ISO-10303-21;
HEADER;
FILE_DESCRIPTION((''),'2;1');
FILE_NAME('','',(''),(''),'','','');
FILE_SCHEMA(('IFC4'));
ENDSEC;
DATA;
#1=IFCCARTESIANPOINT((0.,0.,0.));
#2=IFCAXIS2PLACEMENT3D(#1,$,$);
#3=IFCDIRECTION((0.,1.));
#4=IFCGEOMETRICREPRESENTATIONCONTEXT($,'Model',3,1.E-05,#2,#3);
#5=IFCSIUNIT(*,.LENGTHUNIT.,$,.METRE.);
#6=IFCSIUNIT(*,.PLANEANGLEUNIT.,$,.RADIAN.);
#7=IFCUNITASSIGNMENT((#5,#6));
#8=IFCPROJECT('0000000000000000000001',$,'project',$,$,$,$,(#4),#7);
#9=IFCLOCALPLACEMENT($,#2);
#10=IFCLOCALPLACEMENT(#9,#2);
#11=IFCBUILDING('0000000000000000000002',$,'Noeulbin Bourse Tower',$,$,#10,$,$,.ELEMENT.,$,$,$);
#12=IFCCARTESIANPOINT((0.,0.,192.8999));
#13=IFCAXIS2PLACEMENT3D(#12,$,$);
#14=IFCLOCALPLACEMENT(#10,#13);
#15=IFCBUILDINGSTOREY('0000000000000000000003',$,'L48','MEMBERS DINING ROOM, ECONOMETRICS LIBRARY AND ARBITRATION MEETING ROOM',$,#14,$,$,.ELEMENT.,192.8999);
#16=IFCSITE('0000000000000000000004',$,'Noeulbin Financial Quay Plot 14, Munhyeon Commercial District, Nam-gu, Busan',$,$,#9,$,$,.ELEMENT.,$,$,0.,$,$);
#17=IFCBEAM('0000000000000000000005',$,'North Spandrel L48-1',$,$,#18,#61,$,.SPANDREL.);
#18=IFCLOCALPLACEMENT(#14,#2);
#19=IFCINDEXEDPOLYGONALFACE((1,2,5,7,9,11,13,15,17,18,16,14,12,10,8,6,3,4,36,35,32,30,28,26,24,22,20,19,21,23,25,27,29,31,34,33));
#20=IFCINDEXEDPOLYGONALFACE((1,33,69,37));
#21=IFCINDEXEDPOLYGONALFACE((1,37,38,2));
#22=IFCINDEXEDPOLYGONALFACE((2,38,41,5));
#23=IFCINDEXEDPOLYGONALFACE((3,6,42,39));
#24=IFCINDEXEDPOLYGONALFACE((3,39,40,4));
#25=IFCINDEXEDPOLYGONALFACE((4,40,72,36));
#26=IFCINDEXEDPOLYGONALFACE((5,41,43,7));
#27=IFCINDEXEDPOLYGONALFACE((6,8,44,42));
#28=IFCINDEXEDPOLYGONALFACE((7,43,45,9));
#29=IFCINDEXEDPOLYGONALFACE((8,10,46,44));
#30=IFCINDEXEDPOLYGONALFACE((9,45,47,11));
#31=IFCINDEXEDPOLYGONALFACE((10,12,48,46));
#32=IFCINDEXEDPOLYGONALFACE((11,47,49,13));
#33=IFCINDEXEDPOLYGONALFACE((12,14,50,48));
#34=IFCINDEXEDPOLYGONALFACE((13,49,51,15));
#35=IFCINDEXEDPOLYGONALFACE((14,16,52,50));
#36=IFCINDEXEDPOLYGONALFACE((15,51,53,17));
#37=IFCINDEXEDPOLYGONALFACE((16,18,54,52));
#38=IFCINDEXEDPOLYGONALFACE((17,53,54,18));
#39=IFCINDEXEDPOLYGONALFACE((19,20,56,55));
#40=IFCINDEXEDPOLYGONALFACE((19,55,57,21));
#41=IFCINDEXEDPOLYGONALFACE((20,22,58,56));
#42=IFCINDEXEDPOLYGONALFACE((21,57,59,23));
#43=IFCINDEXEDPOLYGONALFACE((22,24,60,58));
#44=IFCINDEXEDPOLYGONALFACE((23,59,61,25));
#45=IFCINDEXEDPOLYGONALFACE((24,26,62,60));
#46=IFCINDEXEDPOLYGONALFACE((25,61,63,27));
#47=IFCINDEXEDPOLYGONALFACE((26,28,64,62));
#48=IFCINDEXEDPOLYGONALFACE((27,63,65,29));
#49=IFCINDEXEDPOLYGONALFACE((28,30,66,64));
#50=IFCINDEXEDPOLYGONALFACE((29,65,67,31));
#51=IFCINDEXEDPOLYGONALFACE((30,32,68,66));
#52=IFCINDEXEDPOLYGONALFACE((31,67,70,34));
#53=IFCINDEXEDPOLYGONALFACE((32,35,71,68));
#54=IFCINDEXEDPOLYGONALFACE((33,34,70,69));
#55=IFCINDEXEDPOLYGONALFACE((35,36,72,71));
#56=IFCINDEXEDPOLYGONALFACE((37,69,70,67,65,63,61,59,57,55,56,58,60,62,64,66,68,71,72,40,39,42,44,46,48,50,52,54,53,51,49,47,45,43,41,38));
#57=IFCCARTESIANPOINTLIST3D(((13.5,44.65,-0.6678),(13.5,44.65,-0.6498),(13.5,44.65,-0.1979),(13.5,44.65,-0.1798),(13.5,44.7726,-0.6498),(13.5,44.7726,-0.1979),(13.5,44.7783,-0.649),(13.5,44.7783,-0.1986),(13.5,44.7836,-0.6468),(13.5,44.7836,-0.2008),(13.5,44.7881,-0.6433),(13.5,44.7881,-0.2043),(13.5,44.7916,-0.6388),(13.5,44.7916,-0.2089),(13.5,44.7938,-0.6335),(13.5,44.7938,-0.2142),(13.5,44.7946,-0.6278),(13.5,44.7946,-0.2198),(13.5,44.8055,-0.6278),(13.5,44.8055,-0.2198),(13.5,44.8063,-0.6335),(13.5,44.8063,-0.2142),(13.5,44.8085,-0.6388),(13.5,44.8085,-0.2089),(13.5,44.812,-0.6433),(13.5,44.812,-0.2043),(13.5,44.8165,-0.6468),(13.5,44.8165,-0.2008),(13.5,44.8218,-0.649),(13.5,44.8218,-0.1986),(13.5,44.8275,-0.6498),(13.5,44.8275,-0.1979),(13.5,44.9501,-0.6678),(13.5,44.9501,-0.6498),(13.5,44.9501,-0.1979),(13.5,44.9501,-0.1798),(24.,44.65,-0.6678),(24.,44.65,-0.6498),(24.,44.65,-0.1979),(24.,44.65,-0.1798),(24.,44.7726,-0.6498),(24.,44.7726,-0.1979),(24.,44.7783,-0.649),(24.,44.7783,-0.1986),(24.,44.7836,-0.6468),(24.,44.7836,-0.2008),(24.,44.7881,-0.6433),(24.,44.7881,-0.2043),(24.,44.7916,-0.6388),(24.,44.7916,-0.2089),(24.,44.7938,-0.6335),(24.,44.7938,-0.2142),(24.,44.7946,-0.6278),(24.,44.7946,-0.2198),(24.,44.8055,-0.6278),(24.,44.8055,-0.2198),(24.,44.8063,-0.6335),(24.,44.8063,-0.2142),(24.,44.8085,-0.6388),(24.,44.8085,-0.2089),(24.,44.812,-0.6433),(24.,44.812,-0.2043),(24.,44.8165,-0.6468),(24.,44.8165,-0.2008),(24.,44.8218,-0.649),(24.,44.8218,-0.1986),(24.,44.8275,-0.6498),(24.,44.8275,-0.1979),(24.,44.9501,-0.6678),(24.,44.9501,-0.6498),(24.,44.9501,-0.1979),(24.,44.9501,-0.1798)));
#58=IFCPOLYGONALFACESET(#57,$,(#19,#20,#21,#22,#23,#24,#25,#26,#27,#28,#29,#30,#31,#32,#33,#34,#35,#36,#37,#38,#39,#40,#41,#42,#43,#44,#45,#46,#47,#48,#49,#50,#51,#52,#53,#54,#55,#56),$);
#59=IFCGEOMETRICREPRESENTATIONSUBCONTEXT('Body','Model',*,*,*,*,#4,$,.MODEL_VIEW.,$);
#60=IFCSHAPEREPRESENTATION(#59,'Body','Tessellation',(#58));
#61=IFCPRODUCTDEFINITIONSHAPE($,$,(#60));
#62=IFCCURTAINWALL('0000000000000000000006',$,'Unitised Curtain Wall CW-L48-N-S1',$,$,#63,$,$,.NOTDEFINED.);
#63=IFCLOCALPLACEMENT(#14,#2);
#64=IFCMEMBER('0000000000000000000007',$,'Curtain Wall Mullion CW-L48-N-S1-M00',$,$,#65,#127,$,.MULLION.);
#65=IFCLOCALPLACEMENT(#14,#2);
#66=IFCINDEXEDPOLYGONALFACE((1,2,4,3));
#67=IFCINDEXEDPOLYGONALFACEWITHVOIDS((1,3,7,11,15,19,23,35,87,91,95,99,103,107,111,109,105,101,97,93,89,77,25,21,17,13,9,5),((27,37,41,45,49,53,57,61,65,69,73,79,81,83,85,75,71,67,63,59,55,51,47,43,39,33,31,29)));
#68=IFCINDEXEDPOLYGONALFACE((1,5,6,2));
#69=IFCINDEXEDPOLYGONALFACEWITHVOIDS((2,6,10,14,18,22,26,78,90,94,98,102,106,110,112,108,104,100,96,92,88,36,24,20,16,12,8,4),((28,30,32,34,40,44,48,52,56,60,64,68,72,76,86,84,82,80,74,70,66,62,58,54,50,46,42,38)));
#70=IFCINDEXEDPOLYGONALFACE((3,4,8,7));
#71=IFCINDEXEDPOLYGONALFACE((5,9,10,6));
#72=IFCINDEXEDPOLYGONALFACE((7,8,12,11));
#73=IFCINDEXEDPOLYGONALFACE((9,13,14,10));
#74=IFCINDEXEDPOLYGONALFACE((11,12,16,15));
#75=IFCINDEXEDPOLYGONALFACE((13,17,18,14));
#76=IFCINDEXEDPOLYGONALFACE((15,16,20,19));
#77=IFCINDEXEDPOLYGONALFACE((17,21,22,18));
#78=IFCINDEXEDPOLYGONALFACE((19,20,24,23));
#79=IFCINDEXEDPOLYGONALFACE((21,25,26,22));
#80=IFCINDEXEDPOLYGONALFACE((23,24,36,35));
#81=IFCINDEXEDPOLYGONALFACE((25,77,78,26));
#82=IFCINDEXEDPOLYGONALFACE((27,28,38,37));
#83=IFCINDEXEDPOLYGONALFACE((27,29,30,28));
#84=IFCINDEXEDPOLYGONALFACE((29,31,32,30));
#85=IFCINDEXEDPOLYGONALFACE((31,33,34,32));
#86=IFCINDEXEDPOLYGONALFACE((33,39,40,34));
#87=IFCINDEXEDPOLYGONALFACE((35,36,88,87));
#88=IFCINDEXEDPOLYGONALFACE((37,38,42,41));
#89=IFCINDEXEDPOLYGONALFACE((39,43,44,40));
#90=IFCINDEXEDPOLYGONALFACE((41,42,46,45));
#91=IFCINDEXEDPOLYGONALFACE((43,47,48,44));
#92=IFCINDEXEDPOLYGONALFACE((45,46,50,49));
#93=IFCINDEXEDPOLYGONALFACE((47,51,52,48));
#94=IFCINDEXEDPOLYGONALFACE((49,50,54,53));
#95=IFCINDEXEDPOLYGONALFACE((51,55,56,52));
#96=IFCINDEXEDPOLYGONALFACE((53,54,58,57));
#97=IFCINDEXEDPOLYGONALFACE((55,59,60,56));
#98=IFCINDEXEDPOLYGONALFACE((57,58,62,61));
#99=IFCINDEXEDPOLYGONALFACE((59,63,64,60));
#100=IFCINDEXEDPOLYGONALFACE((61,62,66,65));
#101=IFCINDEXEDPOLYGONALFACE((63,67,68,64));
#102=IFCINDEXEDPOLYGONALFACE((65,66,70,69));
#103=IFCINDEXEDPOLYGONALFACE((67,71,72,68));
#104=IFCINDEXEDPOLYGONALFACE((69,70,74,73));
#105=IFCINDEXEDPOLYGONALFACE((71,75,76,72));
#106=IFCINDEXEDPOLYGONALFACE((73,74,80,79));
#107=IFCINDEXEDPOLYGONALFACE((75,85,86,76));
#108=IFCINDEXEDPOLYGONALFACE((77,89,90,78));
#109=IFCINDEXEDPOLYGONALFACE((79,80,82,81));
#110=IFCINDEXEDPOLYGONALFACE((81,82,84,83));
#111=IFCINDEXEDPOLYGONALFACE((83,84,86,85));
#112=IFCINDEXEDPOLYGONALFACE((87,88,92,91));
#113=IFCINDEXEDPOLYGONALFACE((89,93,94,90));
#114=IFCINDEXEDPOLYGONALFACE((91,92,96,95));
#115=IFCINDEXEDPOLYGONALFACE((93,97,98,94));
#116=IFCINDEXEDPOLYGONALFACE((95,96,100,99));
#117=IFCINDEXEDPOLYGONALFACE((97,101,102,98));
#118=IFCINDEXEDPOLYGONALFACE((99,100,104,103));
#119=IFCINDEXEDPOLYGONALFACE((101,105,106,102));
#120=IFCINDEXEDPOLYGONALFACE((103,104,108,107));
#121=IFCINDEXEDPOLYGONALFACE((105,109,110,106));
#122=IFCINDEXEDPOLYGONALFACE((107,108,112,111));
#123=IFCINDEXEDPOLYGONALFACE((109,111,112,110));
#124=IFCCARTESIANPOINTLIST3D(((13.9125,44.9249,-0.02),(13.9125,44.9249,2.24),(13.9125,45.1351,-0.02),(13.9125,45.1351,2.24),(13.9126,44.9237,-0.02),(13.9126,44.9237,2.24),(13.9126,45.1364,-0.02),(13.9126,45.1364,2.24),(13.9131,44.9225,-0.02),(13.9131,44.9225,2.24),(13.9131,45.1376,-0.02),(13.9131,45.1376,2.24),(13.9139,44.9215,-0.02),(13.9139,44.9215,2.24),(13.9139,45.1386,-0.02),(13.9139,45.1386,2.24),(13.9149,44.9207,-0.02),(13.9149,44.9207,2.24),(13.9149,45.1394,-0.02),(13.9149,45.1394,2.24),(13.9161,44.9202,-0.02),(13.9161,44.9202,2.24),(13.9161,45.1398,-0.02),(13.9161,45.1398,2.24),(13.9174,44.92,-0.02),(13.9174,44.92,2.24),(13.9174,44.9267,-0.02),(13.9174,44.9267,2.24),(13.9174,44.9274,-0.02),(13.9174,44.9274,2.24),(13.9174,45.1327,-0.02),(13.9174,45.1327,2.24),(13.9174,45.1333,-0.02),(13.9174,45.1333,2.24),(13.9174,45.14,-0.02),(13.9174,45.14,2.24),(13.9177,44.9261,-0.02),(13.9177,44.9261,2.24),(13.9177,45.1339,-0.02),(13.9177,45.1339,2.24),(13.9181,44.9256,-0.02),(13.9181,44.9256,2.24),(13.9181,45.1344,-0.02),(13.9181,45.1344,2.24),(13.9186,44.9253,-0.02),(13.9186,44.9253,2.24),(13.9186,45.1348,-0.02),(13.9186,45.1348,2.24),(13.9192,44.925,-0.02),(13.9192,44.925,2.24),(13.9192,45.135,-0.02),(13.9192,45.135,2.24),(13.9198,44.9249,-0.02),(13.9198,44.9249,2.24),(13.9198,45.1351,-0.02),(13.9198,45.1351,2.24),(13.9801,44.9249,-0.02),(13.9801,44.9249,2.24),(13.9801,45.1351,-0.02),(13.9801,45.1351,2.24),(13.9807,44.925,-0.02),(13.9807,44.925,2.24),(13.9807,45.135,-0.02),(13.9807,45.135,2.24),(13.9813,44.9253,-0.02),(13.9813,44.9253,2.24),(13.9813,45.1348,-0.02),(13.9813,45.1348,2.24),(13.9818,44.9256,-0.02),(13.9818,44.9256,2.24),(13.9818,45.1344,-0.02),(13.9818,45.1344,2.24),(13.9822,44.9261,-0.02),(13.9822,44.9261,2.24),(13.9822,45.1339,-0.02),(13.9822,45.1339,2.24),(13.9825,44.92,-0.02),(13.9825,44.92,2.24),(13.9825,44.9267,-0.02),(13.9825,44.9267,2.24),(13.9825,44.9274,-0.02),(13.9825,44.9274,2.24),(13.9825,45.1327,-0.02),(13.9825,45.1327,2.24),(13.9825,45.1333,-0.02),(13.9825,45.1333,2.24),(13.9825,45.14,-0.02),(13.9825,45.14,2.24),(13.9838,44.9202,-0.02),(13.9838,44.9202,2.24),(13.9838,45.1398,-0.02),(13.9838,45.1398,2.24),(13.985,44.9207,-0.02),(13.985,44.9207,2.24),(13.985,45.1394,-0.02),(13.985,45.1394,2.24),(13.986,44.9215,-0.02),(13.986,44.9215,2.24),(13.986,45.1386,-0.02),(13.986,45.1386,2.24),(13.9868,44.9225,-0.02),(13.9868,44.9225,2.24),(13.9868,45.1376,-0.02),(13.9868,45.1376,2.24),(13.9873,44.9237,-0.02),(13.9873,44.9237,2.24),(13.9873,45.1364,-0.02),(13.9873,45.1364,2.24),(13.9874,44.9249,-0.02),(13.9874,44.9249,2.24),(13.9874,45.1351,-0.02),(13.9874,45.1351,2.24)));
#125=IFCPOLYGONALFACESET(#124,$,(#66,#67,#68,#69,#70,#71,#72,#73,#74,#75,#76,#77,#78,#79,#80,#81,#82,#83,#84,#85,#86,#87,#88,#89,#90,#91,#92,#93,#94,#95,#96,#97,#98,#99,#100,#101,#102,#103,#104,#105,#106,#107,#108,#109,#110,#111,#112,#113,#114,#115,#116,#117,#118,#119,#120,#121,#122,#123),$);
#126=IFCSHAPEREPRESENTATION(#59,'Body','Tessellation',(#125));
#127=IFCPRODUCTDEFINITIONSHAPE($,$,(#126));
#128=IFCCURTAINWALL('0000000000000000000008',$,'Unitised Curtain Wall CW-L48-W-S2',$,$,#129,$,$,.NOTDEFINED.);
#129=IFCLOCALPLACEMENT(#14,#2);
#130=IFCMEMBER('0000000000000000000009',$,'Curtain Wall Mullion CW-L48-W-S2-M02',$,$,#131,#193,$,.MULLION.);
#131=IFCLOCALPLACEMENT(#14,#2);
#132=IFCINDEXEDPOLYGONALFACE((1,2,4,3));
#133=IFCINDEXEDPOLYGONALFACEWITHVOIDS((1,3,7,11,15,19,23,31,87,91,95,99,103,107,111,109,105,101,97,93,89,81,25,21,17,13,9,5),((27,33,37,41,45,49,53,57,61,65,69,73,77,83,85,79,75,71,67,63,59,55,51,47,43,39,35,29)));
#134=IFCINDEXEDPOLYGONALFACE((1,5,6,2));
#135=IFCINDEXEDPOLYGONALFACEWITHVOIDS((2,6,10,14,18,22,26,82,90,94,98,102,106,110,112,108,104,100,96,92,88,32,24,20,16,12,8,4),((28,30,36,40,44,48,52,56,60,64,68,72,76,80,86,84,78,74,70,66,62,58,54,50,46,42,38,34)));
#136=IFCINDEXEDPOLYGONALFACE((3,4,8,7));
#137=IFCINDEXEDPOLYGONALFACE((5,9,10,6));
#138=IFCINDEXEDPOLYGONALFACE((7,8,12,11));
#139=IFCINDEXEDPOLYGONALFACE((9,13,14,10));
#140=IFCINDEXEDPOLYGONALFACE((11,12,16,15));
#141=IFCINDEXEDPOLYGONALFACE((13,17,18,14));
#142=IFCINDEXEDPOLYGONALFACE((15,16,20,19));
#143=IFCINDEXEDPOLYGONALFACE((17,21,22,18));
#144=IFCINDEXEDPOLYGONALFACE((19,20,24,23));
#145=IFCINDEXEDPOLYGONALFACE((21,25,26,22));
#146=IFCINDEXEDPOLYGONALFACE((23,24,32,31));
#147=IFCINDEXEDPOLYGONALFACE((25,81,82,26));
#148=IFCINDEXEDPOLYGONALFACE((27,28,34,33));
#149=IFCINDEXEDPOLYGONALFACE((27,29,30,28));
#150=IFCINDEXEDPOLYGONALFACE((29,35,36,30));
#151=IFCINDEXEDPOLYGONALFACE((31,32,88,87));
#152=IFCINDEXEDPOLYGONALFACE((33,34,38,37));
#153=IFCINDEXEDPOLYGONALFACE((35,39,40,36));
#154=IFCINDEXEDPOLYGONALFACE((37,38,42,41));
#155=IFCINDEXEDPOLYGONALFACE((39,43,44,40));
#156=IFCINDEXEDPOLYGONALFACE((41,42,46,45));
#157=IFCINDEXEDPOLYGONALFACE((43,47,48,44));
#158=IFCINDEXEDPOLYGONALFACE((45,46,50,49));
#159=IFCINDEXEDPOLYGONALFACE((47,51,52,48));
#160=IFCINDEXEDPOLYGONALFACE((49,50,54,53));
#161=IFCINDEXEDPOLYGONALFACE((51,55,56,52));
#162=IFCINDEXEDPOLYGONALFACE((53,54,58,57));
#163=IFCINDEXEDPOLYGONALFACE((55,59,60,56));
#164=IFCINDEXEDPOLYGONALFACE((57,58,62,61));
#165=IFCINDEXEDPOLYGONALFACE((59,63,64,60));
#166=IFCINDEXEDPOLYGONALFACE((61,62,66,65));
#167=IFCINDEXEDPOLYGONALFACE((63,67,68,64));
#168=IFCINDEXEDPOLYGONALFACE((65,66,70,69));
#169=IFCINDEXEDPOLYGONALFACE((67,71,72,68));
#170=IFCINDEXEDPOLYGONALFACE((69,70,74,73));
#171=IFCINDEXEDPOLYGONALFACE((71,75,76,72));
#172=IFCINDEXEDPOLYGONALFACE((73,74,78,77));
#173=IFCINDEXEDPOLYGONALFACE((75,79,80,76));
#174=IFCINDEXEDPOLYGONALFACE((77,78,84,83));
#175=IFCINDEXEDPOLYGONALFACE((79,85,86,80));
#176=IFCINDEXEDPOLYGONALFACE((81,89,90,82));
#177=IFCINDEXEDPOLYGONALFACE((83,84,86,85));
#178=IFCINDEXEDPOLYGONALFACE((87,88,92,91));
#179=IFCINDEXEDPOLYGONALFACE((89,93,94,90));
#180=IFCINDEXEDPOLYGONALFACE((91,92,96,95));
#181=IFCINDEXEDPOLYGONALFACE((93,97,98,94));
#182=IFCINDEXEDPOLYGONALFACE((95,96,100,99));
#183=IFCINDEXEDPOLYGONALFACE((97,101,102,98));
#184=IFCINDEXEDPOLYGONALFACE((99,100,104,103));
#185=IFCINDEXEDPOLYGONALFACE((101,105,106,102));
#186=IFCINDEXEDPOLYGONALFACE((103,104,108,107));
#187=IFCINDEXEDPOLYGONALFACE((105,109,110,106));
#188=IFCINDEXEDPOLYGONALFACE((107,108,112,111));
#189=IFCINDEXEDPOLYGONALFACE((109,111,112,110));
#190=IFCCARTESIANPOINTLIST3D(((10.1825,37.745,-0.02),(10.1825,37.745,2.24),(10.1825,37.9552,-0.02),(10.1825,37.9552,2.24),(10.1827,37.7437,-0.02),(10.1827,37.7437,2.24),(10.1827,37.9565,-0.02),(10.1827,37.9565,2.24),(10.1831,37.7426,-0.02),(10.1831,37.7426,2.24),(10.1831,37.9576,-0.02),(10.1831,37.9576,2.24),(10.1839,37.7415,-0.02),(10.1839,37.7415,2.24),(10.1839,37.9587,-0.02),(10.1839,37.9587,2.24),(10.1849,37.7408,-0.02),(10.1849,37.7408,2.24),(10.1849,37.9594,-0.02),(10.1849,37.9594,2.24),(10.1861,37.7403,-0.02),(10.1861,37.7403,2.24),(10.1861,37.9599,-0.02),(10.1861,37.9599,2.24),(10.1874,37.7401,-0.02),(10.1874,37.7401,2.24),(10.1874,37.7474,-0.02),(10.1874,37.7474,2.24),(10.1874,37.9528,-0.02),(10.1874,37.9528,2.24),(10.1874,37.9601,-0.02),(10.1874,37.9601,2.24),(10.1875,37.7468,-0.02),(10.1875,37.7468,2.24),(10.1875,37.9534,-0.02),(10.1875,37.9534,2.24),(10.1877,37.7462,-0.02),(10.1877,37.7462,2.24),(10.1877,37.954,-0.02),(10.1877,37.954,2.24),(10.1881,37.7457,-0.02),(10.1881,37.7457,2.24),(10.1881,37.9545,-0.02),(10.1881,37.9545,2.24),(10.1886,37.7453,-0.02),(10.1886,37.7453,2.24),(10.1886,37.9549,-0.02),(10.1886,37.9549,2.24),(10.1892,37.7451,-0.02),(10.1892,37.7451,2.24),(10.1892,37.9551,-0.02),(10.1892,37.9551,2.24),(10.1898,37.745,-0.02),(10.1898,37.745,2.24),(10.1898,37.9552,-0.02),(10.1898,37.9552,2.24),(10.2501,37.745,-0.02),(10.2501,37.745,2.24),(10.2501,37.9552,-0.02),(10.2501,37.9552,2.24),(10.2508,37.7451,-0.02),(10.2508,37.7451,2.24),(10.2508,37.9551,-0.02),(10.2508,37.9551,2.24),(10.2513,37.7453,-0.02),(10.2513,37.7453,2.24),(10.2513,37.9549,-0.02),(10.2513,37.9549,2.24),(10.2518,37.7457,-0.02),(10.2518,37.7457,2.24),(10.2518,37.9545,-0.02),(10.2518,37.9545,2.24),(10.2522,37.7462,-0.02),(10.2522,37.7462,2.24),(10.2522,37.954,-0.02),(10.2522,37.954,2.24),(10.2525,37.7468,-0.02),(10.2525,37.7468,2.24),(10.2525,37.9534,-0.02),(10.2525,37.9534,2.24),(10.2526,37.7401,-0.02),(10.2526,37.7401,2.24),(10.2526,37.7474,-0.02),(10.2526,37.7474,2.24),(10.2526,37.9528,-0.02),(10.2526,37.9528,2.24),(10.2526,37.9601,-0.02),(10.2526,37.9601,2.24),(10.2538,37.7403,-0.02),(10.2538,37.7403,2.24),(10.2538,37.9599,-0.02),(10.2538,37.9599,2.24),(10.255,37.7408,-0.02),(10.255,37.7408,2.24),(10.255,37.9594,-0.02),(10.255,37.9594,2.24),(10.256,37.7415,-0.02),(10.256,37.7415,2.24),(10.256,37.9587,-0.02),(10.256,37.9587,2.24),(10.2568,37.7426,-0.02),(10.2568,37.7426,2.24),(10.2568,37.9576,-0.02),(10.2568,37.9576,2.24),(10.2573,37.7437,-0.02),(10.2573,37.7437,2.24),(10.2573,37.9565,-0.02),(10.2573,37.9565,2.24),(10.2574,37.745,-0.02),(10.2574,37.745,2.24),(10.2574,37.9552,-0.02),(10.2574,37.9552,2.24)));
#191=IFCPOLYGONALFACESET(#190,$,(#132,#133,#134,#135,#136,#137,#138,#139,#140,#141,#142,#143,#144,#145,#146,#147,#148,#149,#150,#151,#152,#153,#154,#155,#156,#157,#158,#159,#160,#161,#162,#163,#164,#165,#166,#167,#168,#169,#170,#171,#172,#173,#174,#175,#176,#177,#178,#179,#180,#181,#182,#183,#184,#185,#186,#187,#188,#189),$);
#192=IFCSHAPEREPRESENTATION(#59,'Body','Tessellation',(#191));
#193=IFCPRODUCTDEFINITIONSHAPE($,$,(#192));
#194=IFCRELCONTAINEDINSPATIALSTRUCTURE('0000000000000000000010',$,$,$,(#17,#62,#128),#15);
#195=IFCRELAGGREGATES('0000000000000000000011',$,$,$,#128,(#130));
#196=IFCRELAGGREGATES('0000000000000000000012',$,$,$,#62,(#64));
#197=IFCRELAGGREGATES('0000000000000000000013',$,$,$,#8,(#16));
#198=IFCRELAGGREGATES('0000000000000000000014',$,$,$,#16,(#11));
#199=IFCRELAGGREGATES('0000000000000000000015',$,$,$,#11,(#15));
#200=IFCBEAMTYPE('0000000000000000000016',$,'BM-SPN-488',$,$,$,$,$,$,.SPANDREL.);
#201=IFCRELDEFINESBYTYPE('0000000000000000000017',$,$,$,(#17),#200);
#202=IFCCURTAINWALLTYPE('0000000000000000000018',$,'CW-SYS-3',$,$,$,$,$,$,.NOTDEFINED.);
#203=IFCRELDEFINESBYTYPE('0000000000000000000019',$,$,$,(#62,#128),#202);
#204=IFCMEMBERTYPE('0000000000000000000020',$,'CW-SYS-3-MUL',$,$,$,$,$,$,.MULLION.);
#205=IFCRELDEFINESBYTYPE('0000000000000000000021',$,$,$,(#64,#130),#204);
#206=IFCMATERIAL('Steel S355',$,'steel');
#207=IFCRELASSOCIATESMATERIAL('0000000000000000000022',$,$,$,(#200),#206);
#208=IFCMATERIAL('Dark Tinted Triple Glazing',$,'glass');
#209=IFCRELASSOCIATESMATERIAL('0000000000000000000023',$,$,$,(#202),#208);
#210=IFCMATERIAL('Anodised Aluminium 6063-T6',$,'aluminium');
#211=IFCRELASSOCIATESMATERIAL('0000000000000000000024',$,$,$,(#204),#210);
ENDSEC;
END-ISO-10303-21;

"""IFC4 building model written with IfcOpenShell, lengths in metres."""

from ifc_helpers import new_model, si_unit, direction, frame, origin, origin_2d, place, context, subcontext, project, spatial, hollow_rectangle, i_section, extrude, material, material_profile, profile_set, type_object, element, aggregate, save


model = new_model("IFC4")

# Units and contexts
model_context = context("Model", 3, precision=1e-05, world=origin(), true_north=direction((0.0, 1.0)))
body_context = subcontext(model_context, "Body", "Model", "MODEL_VIEW")
ifc_project = project(units=[si_unit("LENGTHUNIT", "METRE"), si_unit("PLANEANGLEUNIT", "RADIAN")], contexts=[model_context])

# Site, building, storey
site_placement = place(None, origin())
site = spatial("IfcSite", under=ifc_project, at=site_placement, Name="Noeulbin Financial Quay Plot 14, Munhyeon Commercial District, Nam-gu, Busan", CompositionType="ELEMENT", RefElevation=0.0)
building_placement = place(site_placement, origin())
building = spatial("IfcBuilding", under=site, at=building_placement, Name="Noeulbin Bourse Tower", CompositionType="ELEMENT")
storey_placement = place(building_placement, frame((0.0, 0.0, 192.8999)))
storey = spatial("IfcBuildingStorey", under=building, at=storey_placement, Name="L48", Description="MEMBERS DINING ROOM, ECONOMETRICS LIBRARY AND ARBITRATION MEETING ROOM", CompositionType="ELEMENT", Elevation=192.8999)

# Shared definitions
ifc_material_1 = material(Name="Steel S355", Category="steel")

# Beam
ifc_material_profile_1 = material_profile(ifc_material_1, i_section(OverallWidth=0.3, OverallDepth=0.488, WebThickness=0.011, FlangeThickness=0.0181, FilletRadius=0.022, at=origin_2d()), Name="H-488x300x11x18", Category="LoadBearing")
ifc_profile_set_1 = profile_set([ifc_material_profile_1], Name="Steel S355")
beam_type_1 = type_object("IfcBeamType", Name="BM-SPN-488", PredefinedType="SPANDREL", material=ifc_profile_set_1)
beam_1_placement = place(storey_placement, frame((13.5, 44.8, -0.4238), z_axis=(1.0, 0.0, 0.0), x_axis=(0.0, 1.0, 0.0)))
element("IfcBeam", 1, at=beam_1_placement, inside=storey, type_object=beam_type_1, Name="North Spandrel L48-1", PredefinedType="SPANDREL", context=body_context, shape_type="SweptSolid", body=[
    extrude(i_section(OverallWidth=0.3, OverallDepth=0.488, WebThickness=0.011, FlangeThickness=0.0181, FilletRadius=0.022, at=origin_2d()), origin(), (0.0, 0.0, 1.0), 10.5),
])

# Curtain walls, members
ifc_material_2 = material(Name="Dark Tinted Triple Glazing", Category="glass")
curtain_wall_type = type_object("IfcCurtainWallType", Name="CW-SYS-3", PredefinedType="NOTDEFINED", material=ifc_material_2)
curtain_wall_1_placement = place(storey_placement, origin())
curtain_wall_1 = element("IfcCurtainWall", 2, at=curtain_wall_1_placement, inside=storey, type_object=curtain_wall_type, Name="Unitised Curtain Wall CW-L48-N-S1", PredefinedType="NOTDEFINED")
ifc_material_3 = material(Name="Anodised Aluminium 6063-T6", Category="aluminium")
ifc_material_profile_2 = material_profile(ifc_material_3, hollow_rectangle(XDim=0.075, YDim=0.22, WallThickness=0.0049, InnerFilletRadius=0.0024, OuterFilletRadius=0.0049, at=origin_2d()), Name="ALU-MULL-75x220x5", Category="LoadBearing")
ifc_profile_set_2 = profile_set([ifc_material_profile_2], Name="Anodised Aluminium 6063-T6")
member_type_1 = type_object("IfcMemberType", Name="CW-SYS-3-MUL", PredefinedType="MULLION", material=ifc_profile_set_2)
member_1_placement = place(storey_placement, frame((13.95, 45.03, -0.02), z_axis=(0.0, 0.0, 1.0), x_axis=(1.0, 0.0, 0.0)))
member_1 = element("IfcMember", 3, at=member_1_placement, type_object=member_type_1, Name="Curtain Wall Mullion CW-L48-N-S1-M00", PredefinedType="MULLION", context=body_context, shape_type="SweptSolid", body=[
    extrude(hollow_rectangle(XDim=0.075, YDim=0.22, WallThickness=0.0049, InnerFilletRadius=0.0024, OuterFilletRadius=0.0049, at=origin_2d()), origin(), (0.0, 0.0, 1.0), 2.26),
])
curtain_wall_2_placement = place(storey_placement, origin())
curtain_wall_2 = element("IfcCurtainWall", 4, at=curtain_wall_2_placement, inside=storey, type_object=curtain_wall_type, Name="Unitised Curtain Wall CW-L48-W-S2", PredefinedType="NOTDEFINED")
member_2_placement = place(storey_placement, frame((10.22, 37.8501, -0.02), z_axis=(0.0, 0.0, 1.0), x_axis=(1.0, 0.0, 0.0)))
member_2 = element("IfcMember", 5, at=member_2_placement, type_object=member_type_1, Name="Curtain Wall Mullion CW-L48-W-S2-M02", PredefinedType="MULLION", context=body_context, shape_type="SweptSolid", body=[
    extrude(hollow_rectangle(XDim=0.075, YDim=0.22, WallThickness=0.0049, InnerFilletRadius=0.0024, OuterFilletRadius=0.0049, at=origin_2d()), origin(), (0.0, 0.0, 1.0), 2.26),
])
aggregate(curtain_wall_2, [member_2])

aggregate(curtain_wall_1, [member_1])

save(model, "model.ifc")
